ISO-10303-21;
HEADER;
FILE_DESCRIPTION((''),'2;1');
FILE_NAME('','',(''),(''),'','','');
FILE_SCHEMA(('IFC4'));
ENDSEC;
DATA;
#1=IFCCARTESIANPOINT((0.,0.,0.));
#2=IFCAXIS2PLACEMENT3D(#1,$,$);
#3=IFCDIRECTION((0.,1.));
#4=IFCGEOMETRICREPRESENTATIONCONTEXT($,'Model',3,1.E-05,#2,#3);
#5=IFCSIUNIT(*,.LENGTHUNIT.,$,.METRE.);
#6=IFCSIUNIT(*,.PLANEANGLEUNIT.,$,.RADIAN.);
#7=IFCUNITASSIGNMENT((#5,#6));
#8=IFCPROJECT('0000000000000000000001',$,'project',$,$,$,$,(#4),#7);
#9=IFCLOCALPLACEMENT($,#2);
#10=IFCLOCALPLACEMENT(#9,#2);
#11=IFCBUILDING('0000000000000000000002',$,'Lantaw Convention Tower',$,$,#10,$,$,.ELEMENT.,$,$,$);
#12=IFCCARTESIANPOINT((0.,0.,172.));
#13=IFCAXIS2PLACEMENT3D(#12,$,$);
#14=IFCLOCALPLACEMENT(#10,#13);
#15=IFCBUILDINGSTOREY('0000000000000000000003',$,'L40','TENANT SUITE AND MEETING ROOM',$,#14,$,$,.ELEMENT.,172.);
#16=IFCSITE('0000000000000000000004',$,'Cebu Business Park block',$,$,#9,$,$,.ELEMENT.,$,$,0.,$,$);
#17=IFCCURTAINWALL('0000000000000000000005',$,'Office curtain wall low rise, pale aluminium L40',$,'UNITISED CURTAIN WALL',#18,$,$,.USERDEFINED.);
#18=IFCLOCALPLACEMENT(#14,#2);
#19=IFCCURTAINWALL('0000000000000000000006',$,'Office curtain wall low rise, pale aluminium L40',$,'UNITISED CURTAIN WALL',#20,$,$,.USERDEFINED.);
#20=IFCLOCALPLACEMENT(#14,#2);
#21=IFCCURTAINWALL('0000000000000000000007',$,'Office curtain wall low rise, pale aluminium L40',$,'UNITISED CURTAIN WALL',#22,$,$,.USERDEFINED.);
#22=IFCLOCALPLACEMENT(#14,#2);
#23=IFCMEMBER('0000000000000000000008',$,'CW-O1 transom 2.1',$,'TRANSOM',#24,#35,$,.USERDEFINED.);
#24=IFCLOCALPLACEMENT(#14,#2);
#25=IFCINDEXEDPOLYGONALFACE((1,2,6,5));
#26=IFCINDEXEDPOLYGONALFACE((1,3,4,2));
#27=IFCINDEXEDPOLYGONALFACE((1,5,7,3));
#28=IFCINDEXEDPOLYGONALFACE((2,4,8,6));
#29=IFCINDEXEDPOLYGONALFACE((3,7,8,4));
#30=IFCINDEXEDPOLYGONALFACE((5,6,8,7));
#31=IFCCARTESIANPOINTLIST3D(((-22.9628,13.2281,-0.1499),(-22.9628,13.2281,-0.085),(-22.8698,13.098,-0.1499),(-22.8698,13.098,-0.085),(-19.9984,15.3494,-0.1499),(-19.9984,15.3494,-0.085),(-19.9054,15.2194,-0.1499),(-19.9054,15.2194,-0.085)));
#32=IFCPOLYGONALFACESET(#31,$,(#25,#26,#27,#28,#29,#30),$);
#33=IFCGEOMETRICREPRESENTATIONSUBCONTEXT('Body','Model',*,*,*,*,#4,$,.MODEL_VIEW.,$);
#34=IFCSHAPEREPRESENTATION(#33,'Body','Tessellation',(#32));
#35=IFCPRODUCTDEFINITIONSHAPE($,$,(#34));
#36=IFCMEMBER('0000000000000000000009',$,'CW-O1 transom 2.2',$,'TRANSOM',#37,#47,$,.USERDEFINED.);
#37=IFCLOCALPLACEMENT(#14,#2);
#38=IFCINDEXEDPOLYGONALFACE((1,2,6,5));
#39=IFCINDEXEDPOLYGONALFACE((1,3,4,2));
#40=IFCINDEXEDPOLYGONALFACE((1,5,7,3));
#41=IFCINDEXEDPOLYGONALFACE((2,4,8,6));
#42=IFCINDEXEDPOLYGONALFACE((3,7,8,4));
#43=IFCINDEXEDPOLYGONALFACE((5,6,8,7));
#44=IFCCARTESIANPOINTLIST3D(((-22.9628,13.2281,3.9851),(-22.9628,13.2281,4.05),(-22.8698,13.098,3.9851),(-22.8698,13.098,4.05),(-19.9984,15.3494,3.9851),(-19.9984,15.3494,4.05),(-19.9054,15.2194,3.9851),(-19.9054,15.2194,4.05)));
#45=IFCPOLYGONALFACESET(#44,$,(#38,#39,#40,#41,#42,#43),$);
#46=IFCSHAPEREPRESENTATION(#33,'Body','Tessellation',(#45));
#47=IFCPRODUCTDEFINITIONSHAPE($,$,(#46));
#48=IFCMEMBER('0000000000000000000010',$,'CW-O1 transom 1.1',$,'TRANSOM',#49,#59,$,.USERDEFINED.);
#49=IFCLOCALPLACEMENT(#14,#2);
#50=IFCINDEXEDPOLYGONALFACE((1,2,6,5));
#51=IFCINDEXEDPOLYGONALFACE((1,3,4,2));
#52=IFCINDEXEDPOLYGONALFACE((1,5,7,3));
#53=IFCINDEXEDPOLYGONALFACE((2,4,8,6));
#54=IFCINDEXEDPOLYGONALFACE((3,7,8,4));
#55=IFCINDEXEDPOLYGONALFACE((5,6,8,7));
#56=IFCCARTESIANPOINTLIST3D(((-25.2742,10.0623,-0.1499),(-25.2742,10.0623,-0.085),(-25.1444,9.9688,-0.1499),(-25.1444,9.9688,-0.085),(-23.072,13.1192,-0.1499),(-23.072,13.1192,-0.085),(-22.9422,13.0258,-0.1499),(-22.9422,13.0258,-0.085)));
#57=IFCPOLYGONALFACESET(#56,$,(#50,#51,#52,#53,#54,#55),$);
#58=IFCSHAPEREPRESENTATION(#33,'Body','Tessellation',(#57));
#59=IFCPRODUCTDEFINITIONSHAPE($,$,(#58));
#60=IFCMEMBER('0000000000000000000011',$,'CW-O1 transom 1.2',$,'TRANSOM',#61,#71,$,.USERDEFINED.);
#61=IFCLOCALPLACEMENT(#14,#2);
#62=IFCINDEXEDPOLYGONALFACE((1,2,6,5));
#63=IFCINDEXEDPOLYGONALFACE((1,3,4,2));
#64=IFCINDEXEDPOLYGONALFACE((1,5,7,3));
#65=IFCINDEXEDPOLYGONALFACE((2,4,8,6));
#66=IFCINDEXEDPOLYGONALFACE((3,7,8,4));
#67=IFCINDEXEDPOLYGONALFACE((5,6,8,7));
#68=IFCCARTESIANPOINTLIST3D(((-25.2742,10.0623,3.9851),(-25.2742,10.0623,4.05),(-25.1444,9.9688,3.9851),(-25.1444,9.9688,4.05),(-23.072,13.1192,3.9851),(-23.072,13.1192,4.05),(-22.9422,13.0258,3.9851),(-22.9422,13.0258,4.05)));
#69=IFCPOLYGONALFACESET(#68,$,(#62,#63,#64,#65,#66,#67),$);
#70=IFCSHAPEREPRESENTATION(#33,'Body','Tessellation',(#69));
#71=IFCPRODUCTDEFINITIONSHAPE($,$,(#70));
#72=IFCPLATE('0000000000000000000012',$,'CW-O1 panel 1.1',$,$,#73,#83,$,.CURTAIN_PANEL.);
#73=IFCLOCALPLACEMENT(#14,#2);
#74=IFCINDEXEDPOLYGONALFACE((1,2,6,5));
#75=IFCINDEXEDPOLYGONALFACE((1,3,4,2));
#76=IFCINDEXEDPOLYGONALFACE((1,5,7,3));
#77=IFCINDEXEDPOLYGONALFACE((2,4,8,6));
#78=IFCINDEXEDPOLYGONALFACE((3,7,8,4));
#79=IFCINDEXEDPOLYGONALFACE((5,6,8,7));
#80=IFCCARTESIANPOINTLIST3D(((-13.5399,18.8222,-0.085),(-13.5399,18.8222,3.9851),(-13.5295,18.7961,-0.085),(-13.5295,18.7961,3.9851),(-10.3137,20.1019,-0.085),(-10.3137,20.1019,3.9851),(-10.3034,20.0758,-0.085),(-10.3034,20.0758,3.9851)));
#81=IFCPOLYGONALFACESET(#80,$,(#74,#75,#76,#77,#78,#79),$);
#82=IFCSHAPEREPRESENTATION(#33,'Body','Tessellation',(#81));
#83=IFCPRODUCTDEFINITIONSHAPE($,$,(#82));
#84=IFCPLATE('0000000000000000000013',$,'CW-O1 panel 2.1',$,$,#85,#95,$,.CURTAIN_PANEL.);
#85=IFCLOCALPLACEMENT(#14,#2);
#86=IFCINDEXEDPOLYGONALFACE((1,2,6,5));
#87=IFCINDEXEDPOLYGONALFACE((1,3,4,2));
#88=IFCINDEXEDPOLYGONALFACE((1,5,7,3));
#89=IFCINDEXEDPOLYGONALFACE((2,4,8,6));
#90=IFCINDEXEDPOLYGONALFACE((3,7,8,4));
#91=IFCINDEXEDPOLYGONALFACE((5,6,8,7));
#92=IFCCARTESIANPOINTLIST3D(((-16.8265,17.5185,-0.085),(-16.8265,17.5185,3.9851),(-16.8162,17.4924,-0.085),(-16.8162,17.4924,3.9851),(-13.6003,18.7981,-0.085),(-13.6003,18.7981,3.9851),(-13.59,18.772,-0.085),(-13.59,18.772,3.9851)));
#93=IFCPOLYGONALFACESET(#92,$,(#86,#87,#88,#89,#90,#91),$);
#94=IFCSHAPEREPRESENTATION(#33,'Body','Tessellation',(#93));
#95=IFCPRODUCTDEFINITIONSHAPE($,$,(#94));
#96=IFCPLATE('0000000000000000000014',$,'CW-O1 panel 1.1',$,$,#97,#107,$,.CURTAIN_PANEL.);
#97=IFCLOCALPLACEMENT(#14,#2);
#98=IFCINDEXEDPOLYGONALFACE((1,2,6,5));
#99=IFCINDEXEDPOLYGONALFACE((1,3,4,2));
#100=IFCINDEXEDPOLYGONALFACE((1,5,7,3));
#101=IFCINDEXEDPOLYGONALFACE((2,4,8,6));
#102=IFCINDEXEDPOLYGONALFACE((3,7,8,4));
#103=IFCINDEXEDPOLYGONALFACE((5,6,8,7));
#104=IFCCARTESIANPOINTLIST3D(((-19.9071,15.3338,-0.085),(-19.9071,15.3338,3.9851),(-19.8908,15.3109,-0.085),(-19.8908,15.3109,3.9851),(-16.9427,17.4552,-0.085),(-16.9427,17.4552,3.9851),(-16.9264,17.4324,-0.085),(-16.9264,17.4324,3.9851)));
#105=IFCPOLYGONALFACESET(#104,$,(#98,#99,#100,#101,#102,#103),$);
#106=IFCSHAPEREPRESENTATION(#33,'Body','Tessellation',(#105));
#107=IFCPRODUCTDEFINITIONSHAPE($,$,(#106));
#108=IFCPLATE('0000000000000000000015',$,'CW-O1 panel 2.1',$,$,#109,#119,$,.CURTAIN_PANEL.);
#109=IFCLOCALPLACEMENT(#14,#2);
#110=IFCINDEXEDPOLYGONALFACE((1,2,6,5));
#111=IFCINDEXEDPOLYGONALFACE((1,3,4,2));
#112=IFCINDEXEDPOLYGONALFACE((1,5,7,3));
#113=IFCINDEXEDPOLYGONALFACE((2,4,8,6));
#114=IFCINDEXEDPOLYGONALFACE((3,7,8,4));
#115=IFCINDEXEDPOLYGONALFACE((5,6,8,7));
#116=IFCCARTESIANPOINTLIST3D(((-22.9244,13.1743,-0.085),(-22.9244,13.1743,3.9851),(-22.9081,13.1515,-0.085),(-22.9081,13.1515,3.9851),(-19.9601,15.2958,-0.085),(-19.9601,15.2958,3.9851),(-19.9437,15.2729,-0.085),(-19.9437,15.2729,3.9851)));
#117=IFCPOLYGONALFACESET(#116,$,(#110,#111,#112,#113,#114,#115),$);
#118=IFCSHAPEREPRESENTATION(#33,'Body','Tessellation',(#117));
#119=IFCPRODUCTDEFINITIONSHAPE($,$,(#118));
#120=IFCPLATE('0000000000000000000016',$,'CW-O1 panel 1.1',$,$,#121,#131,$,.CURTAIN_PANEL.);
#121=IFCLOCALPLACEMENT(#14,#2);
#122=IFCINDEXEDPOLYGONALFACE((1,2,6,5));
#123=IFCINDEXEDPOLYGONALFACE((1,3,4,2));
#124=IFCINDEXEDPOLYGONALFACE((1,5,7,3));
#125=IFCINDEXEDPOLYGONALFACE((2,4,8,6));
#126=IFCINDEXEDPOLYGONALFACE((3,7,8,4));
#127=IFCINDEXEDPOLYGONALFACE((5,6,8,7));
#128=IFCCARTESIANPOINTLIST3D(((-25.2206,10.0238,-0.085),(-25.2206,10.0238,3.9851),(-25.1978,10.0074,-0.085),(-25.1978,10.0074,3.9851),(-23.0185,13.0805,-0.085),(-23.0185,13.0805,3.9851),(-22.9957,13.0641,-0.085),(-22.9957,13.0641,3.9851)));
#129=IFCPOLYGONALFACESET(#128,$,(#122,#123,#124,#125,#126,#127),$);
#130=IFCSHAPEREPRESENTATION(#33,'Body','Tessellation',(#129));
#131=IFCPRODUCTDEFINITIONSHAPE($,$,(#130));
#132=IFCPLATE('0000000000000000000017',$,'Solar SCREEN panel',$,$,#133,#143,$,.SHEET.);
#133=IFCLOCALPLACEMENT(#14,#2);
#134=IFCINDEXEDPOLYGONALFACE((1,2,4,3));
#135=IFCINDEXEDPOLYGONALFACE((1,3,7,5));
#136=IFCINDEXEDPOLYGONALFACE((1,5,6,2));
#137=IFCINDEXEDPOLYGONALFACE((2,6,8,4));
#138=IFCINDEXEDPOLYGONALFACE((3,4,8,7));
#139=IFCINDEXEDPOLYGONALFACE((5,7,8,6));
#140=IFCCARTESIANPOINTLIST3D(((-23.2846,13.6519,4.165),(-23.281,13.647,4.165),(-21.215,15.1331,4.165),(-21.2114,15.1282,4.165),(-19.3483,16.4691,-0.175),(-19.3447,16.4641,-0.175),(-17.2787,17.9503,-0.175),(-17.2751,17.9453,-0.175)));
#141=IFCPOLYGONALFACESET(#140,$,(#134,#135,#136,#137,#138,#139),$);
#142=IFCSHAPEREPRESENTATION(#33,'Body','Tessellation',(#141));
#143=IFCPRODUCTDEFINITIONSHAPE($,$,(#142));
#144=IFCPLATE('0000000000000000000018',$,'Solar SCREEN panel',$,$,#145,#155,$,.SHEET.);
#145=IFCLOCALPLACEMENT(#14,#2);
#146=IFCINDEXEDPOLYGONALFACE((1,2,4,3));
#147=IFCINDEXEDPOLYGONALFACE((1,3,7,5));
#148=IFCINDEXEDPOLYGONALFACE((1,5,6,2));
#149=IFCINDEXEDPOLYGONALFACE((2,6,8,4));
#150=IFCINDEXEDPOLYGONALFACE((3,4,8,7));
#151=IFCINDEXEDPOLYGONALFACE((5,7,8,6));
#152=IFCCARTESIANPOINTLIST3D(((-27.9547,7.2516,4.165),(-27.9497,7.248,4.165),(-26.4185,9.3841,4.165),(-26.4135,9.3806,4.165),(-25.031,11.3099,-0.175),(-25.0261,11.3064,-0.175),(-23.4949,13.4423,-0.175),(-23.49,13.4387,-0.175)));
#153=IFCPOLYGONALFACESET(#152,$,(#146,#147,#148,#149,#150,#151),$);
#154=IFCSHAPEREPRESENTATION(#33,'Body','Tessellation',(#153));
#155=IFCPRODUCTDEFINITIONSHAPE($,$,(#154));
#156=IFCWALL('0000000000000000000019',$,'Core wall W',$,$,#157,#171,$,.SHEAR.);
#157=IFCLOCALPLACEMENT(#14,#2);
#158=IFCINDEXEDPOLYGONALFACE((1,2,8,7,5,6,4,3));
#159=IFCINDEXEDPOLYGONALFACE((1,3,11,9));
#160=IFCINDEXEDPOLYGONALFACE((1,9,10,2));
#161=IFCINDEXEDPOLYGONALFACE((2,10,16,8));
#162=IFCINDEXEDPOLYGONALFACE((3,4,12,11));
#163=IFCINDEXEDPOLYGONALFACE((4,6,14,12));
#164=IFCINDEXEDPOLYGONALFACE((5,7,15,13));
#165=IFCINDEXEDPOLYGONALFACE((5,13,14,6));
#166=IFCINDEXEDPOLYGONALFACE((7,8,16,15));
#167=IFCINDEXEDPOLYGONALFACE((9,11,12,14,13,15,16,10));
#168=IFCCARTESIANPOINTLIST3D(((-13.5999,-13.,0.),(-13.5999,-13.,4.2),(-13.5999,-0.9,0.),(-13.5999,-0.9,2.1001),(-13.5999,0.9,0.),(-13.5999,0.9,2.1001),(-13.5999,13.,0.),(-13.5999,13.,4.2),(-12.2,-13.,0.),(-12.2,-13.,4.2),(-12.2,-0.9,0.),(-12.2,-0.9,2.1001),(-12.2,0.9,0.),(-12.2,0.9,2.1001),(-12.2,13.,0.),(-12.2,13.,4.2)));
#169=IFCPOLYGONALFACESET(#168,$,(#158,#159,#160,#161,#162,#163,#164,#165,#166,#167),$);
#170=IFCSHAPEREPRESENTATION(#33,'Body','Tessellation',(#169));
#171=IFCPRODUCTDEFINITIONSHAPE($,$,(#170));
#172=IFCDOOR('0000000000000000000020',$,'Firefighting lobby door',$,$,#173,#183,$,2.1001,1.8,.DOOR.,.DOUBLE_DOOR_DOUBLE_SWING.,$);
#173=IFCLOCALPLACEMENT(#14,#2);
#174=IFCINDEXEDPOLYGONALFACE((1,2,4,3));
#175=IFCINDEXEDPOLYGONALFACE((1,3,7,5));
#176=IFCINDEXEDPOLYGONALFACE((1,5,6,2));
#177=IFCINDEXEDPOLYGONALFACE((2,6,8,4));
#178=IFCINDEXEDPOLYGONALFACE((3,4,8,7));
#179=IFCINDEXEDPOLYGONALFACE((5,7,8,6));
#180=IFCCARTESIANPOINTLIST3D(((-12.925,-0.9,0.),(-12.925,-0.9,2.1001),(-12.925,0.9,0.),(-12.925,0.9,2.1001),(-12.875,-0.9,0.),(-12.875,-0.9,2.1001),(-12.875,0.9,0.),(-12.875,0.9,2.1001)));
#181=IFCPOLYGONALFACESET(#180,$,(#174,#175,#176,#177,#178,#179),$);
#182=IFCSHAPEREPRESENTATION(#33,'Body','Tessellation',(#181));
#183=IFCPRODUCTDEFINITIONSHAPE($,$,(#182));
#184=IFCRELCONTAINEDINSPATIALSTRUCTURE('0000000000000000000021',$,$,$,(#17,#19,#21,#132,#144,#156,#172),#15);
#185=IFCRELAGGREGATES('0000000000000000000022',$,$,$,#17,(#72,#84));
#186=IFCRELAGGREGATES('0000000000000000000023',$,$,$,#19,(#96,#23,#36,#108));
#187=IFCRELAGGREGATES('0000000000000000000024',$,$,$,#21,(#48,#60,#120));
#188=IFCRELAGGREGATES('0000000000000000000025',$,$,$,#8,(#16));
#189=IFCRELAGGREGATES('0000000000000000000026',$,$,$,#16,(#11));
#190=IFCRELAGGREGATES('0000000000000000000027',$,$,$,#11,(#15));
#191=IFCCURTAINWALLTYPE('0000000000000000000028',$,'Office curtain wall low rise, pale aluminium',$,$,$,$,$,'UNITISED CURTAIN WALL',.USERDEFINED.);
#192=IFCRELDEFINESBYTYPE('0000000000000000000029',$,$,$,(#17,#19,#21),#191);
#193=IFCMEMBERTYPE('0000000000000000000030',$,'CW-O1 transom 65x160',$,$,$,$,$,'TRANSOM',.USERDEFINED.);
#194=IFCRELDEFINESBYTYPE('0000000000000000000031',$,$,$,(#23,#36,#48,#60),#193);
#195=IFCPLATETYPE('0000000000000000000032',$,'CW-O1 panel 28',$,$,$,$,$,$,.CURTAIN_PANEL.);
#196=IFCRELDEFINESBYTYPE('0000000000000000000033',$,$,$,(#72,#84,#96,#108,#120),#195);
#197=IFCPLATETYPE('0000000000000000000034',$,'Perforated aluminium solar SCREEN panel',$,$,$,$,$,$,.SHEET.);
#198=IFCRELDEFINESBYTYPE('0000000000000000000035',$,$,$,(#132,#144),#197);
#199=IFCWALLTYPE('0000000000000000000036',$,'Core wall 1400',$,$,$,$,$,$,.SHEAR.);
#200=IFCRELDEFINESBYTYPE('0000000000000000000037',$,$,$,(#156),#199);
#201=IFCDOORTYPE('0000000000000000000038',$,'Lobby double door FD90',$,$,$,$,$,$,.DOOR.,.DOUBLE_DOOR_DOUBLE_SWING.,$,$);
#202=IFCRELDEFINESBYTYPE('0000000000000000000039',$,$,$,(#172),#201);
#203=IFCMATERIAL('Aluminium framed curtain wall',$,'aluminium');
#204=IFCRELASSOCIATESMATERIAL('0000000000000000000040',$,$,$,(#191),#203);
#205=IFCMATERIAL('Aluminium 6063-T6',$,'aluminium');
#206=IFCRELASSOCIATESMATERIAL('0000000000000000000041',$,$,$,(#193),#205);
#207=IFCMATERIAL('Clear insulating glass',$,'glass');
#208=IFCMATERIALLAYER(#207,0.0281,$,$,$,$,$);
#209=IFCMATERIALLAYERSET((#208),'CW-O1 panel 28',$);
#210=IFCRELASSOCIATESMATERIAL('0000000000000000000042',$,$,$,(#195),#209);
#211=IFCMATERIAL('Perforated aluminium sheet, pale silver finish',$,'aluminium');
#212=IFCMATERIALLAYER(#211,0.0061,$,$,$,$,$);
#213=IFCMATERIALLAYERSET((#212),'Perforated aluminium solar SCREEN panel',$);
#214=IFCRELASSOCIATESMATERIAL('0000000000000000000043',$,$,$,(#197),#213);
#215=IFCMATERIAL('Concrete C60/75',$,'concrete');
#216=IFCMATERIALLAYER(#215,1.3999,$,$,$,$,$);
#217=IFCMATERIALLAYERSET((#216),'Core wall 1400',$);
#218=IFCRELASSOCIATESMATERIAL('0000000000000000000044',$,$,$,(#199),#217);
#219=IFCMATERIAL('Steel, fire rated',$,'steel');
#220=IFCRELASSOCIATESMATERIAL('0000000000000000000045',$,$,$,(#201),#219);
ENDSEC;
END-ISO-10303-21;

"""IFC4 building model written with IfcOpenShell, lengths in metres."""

from ifc_helpers import new_model, si_unit, direction, frame, frame_2d, origin, origin_2d, place, context, subcontext, project, spatial, polyline, rectangle, outline, extrude, material, layer, layer_set, material_profile, profile_set, type_object, element, fill, aggregate, save


model = new_model("IFC4")

# Units and contexts
model_context = context("Model", 3, precision=1e-05, world=origin(), true_north=direction((0.0, 1.0)))
body_context = subcontext(model_context, "Body", "Model", "MODEL_VIEW")
ifc_project = project(units=[si_unit("LENGTHUNIT", "METRE"), si_unit("PLANEANGLEUNIT", "RADIAN")], contexts=[model_context])

# Site, building, storey
site_placement = place(None, origin())
site = spatial("IfcSite", under=ifc_project, at=site_placement, Name="Cebu Business Park block", CompositionType="ELEMENT", RefElevation=0.0)
building_placement = place(site_placement, origin())
building = spatial("IfcBuilding", under=site, at=building_placement, Name="Lantaw Convention Tower", CompositionType="ELEMENT")
storey_placement = place(building_placement, frame((0.0, 0.0, 172.0)))
storey = spatial("IfcBuildingStorey", under=building, at=storey_placement, Name="L40", Description="TENANT SUITE AND MEETING ROOM", CompositionType="ELEMENT", Elevation=172.0)

# Shared definitions
ifc_material_1 = material(Name="Concrete C60/75", Category="concrete")

# Curtain walls
ifc_material_2 = material(Name="Aluminium framed curtain wall", Category="aluminium")
curtain_wall_type = type_object("IfcCurtainWallType", Name="Office curtain wall low rise, pale aluminium", ElementType="UNITISED CURTAIN WALL", PredefinedType="USERDEFINED", material=ifc_material_2)
curtain_wall_1_placement = place(storey_placement, origin())
curtain_wall_1 = element("IfcCurtainWall", 1, at=curtain_wall_1_placement, inside=storey, type_object=curtain_wall_type, Name="Office curtain wall low rise, pale aluminium L40", ObjectType="UNITISED CURTAIN WALL", PredefinedType="USERDEFINED")
ifc_material_3 = material(Name="Aluminium 6063-T6", Category="aluminium")
curtain_wall_2_placement = place(storey_placement, origin())
curtain_wall_2 = element("IfcCurtainWall", 2, at=curtain_wall_2_placement, inside=storey, type_object=curtain_wall_type, Name="Office curtain wall low rise, pale aluminium L40", ObjectType="UNITISED CURTAIN WALL", PredefinedType="USERDEFINED")
curtain_wall_3_placement = place(storey_placement, origin())
curtain_wall_3 = element("IfcCurtainWall", 3, at=curtain_wall_3_placement, inside=storey, type_object=curtain_wall_type, Name="Office curtain wall low rise, pale aluminium L40", ObjectType="UNITISED CURTAIN WALL", PredefinedType="USERDEFINED")

# Members
ifc_material_profile_1 = material_profile(ifc_material_3, rectangle(XDim=0.1599, YDim=0.0649, at=origin_2d()), Name="CW-O1 transom 65x160")
ifc_profile_set_1 = profile_set([ifc_material_profile_1], Name="Aluminium 6063-T6")
member_type_1 = type_object("IfcMemberType", Name="CW-O1 transom 65x160", ElementType="TRANSOM", PredefinedType="USERDEFINED", material=ifc_profile_set_1)
member_1_placement = place(storey_placement, frame((-19.9519, 15.2844, -0.1174), z_axis=(-0.813222, -0.581954, 0.0), x_axis=(0.581954, -0.813222, 0.0)))
member_1 = element("IfcMember", 4, at=member_1_placement, type_object=member_type_1, Name="CW-O1 transom 2.1", ObjectType="TRANSOM", PredefinedType="USERDEFINED", context=body_context, shape_type="SweptSolid", body=[
    extrude(rectangle(XDim=0.1599, YDim=0.0649, at=origin_2d()), origin(), (0.0, 0.0, 1.0), 3.6453),
])
member_2_placement = place(storey_placement, frame((-19.9519, 15.2844, 4.0176), z_axis=(-0.813222, -0.581954, 0.0), x_axis=(0.581954, -0.813222, 0.0)))
member_2 = element("IfcMember", 5, at=member_2_placement, type_object=member_type_1, Name="CW-O1 transom 2.2", ObjectType="TRANSOM", PredefinedType="USERDEFINED", context=body_context, shape_type="SweptSolid", body=[
    extrude(rectangle(XDim=0.1599, YDim=0.0649, at=origin_2d()), origin(), (0.0, 0.0, 1.0), 3.6453),
])
member_3_placement = place(storey_placement, frame((-23.0071, 13.0725, -0.1174), z_axis=(-0.584513, -0.811384, 0.0), x_axis=(0.811384, -0.584513, 0.0)))
member_3 = element("IfcMember", 6, at=member_3_placement, type_object=member_type_1, Name="CW-O1 transom 1.1", ObjectType="TRANSOM", PredefinedType="USERDEFINED", context=body_context, shape_type="SweptSolid", body=[
    extrude(rectangle(XDim=0.1599, YDim=0.0649, at=origin_2d()), origin(), (0.0, 0.0, 1.0), 3.7676),
])
member_4_placement = place(storey_placement, frame((-23.0071, 13.0725, 4.0176), z_axis=(-0.584513, -0.811384, 0.0), x_axis=(0.811384, -0.584513, 0.0)))
member_4 = element("IfcMember", 7, at=member_4_placement, type_object=member_type_1, Name="CW-O1 transom 1.2", ObjectType="TRANSOM", PredefinedType="USERDEFINED", context=body_context, shape_type="SweptSolid", body=[
    extrude(rectangle(XDim=0.1599, YDim=0.0649, at=origin_2d()), origin(), (0.0, 0.0, 1.0), 3.7676),
])

# Plates
ifc_material_4 = material(Name="Clear insulating glass", Category="glass")
ifc_layer_1 = layer(ifc_material_4, 0.0281)
ifc_layer_set_1 = layer_set([ifc_layer_1], Name="CW-O1 panel 28")
plate_type_1 = type_object("IfcPlateType", Name="CW-O1 panel 28", PredefinedType="CURTAIN_PANEL", material=ifc_layer_set_1)
plate_1_placement = place(storey_placement, frame((-11.9216, 19.449, -0.085), z_axis=(0.0, 0.0, 1.0), x_axis=(-0.929548, -0.368702, 0.0)))
plate_1 = element("IfcPlate", 8, at=plate_1_placement, type_object=plate_type_1, Name="CW-O1 panel 1.1", PredefinedType="CURTAIN_PANEL", context=body_context, shape_type="SweptSolid", body=[
    extrude(rectangle(XDim=3.4707, YDim=0.0281, at=origin_2d()), origin(), (0.0, 0.0, 1.0), 4.0701),
])
plate_2_placement = place(storey_placement, frame((-15.2083, 18.1453, -0.085), z_axis=(0.0, 0.0, 1.0), x_axis=(-0.929548, -0.368702, 0.0)))
plate_2 = element("IfcPlate", 9, at=plate_2_placement, type_object=plate_type_1, Name="CW-O1 panel 2.1", PredefinedType="CURTAIN_PANEL", context=body_context, shape_type="SweptSolid", body=[
    extrude(rectangle(XDim=3.4707, YDim=0.0281, at=origin_2d()), origin(), (0.0, 0.0, 1.0), 4.0701),
])
aggregate(curtain_wall_1, [plate_1, plate_2])
plate_3_placement = place(storey_placement, frame((-18.4167, 16.3831, -0.085), z_axis=(0.0, 0.0, 1.0), x_axis=(-0.813208, -0.581973, 0.0)))
plate_3 = element("IfcPlate", 10, at=plate_3_placement, type_object=plate_type_1, Name="CW-O1 panel 1.1", PredefinedType="CURTAIN_PANEL", context=body_context, shape_type="SweptSolid", body=[
    extrude(rectangle(XDim=3.6453, YDim=0.0281, at=origin_2d()), origin(), (0.0, 0.0, 1.0), 4.0701),
])
plate_4_placement = place(storey_placement, frame((-21.4341, 14.2236, -0.085), z_axis=(0.0, 0.0, 1.0), x_axis=(-0.813208, -0.581973, 0.0)))
plate_4 = element("IfcPlate", 11, at=plate_4_placement, type_object=plate_type_1, Name="CW-O1 panel 2.1", PredefinedType="CURTAIN_PANEL", context=body_context, shape_type="SweptSolid", body=[
    extrude(rectangle(XDim=3.6453, YDim=0.0281, at=origin_2d()), origin(), (0.0, 0.0, 1.0), 4.0701),
])
aggregate(curtain_wall_2, [plate_3, member_1, member_2, plate_4])
plate_5_placement = place(storey_placement, frame((-24.1082, 11.5439, -0.085), z_axis=(0.0, 0.0, 1.0), x_axis=(-0.584513, -0.811385, 0.0)))
plate_5 = element("IfcPlate", 12, at=plate_5_placement, type_object=plate_type_1, Name="CW-O1 panel 1.1", PredefinedType="CURTAIN_PANEL", context=body_context, shape_type="SweptSolid", body=[
    extrude(rectangle(XDim=3.7673, YDim=0.0281, at=origin_2d()), origin(), (0.0, 0.0, 1.0), 4.0701),
])
aggregate(curtain_wall_3, [member_3, member_4, plate_5])

# Plates
ifc_material_5 = material(Name="Perforated aluminium sheet, pale silver finish", Category="aluminium")
ifc_layer_2 = layer(ifc_material_5, 0.0061)
ifc_layer_set_2 = layer_set([ifc_layer_2], Name="Perforated aluminium solar SCREEN panel")
plate_type_2 = type_object("IfcPlateType", Name="Perforated aluminium solar SCREEN panel", PredefinedType="SHEET", material=ifc_layer_set_2)
plate_6_placement = place(storey_placement, frame((-17.2751, 17.9453, -0.175), z_axis=(0.582, -0.813189, 0.000012), x_axis=(-0.813189, -0.582, 0.0)))
element("IfcPlate", 13, at=plate_6_placement, inside=storey, type_object=plate_type_2, Name="Solar SCREEN panel", PredefinedType="SHEET", context=body_context, shape_type="SweptSolid", body=[
    extrude(outline(polyline([(0.0, 0.0), (2.545, 0.0), (7.3855, -4.3401), (4.8405, -4.3401), (0.0, 0.0)])), origin(), (0.0, 0.0, -1.0), 0.0061),
])
plate_7_placement = place(storey_placement, frame((-23.49, 13.4387, -0.175), z_axis=(0.811395, -0.584498, 0.000036), x_axis=(-0.584498, -0.811395, 0.0)))
element("IfcPlate", 14, at=plate_7_placement, inside=storey, type_object=plate_type_2, Name="Solar SCREEN panel", PredefinedType="SHEET", context=body_context, shape_type="SweptSolid", body=[
    extrude(outline(polyline([(0.0, 0.0), (2.628, 0.0), (7.6298, -4.3401), (5.0016, -4.3401), (0.0, 0.0)])), origin(), (0.0, 0.0, -1.0), 0.0061),
])

# Wall, opening, door
ifc_layer_3 = layer(ifc_material_1, 1.3999)
ifc_layer_set_3 = layer_set([ifc_layer_3], Name="Core wall 1400")
wall_type_1 = type_object("IfcWallType", Name="Core wall 1400", PredefinedType="SHEAR", material=ifc_layer_set_3)
wall_1_placement = place(storey_placement, frame((-12.8999, 13.0, 0.0), z_axis=(0.0, 0.0, 1.0), x_axis=(0.0, -1.0, 0.0)))
wall_1 = element("IfcWall", 15, at=wall_1_placement, inside=storey, type_object=wall_type_1, Name="Core wall W", PredefinedType="SHEAR", context=body_context, shape_type="SweptSolid", body=[
    extrude(rectangle(XDim=26.0, YDim=1.3999, at=frame_2d((13.0, 0.0))), origin(), (0.0, 0.0, 1.0), 4.2),
])
opening_placement = place(wall_1_placement, frame((12.1001, 0.0, 0.0)))
opening = element("IfcOpeningElement", 16, at=opening_placement, cuts=wall_1, PredefinedType="OPENING", context=body_context, shape_type="SweptSolid", body=[
    extrude(rectangle(XDim=1.8, YDim=2.1001, at=frame_2d((0.8999, 1.05))), frame((0.0, 0.71, 0.0), z_axis=(0.0, -1.0, 0.0), x_axis=(1.0, 0.0, 0.0)), (0.0, 0.0, 1.0), 1.4199),
])
ifc_material_6 = material(Name="Steel, fire rated", Category="steel")
door_type = type_object("IfcDoorType", Name="Lobby double door FD90", OperationType="DOUBLE_DOOR_DOUBLE_SWING", PredefinedType="DOOR", material=ifc_material_6)
door_placement = place(opening_placement, origin())
door = element("IfcDoor", 17, at=door_placement, inside=storey, type_object=door_type, Name="Firefighting lobby door", OperationType="DOUBLE_DOOR_DOUBLE_SWING", OverallHeight=2.1001, OverallWidth=1.8, PredefinedType="DOOR", context=body_context, shape_type="SweptSolid", body=[
    extrude(rectangle(XDim=1.8, YDim=2.1001, at=frame_2d((0.8999, 1.05))), frame((0.0, 0.0249, 0.0), z_axis=(0.0, -1.0, 0.0), x_axis=(1.0, 0.0, 0.0)), (0.0, 0.0, 1.0), 0.05),
])
fill(opening, door)

save(model, "model.ifc")
